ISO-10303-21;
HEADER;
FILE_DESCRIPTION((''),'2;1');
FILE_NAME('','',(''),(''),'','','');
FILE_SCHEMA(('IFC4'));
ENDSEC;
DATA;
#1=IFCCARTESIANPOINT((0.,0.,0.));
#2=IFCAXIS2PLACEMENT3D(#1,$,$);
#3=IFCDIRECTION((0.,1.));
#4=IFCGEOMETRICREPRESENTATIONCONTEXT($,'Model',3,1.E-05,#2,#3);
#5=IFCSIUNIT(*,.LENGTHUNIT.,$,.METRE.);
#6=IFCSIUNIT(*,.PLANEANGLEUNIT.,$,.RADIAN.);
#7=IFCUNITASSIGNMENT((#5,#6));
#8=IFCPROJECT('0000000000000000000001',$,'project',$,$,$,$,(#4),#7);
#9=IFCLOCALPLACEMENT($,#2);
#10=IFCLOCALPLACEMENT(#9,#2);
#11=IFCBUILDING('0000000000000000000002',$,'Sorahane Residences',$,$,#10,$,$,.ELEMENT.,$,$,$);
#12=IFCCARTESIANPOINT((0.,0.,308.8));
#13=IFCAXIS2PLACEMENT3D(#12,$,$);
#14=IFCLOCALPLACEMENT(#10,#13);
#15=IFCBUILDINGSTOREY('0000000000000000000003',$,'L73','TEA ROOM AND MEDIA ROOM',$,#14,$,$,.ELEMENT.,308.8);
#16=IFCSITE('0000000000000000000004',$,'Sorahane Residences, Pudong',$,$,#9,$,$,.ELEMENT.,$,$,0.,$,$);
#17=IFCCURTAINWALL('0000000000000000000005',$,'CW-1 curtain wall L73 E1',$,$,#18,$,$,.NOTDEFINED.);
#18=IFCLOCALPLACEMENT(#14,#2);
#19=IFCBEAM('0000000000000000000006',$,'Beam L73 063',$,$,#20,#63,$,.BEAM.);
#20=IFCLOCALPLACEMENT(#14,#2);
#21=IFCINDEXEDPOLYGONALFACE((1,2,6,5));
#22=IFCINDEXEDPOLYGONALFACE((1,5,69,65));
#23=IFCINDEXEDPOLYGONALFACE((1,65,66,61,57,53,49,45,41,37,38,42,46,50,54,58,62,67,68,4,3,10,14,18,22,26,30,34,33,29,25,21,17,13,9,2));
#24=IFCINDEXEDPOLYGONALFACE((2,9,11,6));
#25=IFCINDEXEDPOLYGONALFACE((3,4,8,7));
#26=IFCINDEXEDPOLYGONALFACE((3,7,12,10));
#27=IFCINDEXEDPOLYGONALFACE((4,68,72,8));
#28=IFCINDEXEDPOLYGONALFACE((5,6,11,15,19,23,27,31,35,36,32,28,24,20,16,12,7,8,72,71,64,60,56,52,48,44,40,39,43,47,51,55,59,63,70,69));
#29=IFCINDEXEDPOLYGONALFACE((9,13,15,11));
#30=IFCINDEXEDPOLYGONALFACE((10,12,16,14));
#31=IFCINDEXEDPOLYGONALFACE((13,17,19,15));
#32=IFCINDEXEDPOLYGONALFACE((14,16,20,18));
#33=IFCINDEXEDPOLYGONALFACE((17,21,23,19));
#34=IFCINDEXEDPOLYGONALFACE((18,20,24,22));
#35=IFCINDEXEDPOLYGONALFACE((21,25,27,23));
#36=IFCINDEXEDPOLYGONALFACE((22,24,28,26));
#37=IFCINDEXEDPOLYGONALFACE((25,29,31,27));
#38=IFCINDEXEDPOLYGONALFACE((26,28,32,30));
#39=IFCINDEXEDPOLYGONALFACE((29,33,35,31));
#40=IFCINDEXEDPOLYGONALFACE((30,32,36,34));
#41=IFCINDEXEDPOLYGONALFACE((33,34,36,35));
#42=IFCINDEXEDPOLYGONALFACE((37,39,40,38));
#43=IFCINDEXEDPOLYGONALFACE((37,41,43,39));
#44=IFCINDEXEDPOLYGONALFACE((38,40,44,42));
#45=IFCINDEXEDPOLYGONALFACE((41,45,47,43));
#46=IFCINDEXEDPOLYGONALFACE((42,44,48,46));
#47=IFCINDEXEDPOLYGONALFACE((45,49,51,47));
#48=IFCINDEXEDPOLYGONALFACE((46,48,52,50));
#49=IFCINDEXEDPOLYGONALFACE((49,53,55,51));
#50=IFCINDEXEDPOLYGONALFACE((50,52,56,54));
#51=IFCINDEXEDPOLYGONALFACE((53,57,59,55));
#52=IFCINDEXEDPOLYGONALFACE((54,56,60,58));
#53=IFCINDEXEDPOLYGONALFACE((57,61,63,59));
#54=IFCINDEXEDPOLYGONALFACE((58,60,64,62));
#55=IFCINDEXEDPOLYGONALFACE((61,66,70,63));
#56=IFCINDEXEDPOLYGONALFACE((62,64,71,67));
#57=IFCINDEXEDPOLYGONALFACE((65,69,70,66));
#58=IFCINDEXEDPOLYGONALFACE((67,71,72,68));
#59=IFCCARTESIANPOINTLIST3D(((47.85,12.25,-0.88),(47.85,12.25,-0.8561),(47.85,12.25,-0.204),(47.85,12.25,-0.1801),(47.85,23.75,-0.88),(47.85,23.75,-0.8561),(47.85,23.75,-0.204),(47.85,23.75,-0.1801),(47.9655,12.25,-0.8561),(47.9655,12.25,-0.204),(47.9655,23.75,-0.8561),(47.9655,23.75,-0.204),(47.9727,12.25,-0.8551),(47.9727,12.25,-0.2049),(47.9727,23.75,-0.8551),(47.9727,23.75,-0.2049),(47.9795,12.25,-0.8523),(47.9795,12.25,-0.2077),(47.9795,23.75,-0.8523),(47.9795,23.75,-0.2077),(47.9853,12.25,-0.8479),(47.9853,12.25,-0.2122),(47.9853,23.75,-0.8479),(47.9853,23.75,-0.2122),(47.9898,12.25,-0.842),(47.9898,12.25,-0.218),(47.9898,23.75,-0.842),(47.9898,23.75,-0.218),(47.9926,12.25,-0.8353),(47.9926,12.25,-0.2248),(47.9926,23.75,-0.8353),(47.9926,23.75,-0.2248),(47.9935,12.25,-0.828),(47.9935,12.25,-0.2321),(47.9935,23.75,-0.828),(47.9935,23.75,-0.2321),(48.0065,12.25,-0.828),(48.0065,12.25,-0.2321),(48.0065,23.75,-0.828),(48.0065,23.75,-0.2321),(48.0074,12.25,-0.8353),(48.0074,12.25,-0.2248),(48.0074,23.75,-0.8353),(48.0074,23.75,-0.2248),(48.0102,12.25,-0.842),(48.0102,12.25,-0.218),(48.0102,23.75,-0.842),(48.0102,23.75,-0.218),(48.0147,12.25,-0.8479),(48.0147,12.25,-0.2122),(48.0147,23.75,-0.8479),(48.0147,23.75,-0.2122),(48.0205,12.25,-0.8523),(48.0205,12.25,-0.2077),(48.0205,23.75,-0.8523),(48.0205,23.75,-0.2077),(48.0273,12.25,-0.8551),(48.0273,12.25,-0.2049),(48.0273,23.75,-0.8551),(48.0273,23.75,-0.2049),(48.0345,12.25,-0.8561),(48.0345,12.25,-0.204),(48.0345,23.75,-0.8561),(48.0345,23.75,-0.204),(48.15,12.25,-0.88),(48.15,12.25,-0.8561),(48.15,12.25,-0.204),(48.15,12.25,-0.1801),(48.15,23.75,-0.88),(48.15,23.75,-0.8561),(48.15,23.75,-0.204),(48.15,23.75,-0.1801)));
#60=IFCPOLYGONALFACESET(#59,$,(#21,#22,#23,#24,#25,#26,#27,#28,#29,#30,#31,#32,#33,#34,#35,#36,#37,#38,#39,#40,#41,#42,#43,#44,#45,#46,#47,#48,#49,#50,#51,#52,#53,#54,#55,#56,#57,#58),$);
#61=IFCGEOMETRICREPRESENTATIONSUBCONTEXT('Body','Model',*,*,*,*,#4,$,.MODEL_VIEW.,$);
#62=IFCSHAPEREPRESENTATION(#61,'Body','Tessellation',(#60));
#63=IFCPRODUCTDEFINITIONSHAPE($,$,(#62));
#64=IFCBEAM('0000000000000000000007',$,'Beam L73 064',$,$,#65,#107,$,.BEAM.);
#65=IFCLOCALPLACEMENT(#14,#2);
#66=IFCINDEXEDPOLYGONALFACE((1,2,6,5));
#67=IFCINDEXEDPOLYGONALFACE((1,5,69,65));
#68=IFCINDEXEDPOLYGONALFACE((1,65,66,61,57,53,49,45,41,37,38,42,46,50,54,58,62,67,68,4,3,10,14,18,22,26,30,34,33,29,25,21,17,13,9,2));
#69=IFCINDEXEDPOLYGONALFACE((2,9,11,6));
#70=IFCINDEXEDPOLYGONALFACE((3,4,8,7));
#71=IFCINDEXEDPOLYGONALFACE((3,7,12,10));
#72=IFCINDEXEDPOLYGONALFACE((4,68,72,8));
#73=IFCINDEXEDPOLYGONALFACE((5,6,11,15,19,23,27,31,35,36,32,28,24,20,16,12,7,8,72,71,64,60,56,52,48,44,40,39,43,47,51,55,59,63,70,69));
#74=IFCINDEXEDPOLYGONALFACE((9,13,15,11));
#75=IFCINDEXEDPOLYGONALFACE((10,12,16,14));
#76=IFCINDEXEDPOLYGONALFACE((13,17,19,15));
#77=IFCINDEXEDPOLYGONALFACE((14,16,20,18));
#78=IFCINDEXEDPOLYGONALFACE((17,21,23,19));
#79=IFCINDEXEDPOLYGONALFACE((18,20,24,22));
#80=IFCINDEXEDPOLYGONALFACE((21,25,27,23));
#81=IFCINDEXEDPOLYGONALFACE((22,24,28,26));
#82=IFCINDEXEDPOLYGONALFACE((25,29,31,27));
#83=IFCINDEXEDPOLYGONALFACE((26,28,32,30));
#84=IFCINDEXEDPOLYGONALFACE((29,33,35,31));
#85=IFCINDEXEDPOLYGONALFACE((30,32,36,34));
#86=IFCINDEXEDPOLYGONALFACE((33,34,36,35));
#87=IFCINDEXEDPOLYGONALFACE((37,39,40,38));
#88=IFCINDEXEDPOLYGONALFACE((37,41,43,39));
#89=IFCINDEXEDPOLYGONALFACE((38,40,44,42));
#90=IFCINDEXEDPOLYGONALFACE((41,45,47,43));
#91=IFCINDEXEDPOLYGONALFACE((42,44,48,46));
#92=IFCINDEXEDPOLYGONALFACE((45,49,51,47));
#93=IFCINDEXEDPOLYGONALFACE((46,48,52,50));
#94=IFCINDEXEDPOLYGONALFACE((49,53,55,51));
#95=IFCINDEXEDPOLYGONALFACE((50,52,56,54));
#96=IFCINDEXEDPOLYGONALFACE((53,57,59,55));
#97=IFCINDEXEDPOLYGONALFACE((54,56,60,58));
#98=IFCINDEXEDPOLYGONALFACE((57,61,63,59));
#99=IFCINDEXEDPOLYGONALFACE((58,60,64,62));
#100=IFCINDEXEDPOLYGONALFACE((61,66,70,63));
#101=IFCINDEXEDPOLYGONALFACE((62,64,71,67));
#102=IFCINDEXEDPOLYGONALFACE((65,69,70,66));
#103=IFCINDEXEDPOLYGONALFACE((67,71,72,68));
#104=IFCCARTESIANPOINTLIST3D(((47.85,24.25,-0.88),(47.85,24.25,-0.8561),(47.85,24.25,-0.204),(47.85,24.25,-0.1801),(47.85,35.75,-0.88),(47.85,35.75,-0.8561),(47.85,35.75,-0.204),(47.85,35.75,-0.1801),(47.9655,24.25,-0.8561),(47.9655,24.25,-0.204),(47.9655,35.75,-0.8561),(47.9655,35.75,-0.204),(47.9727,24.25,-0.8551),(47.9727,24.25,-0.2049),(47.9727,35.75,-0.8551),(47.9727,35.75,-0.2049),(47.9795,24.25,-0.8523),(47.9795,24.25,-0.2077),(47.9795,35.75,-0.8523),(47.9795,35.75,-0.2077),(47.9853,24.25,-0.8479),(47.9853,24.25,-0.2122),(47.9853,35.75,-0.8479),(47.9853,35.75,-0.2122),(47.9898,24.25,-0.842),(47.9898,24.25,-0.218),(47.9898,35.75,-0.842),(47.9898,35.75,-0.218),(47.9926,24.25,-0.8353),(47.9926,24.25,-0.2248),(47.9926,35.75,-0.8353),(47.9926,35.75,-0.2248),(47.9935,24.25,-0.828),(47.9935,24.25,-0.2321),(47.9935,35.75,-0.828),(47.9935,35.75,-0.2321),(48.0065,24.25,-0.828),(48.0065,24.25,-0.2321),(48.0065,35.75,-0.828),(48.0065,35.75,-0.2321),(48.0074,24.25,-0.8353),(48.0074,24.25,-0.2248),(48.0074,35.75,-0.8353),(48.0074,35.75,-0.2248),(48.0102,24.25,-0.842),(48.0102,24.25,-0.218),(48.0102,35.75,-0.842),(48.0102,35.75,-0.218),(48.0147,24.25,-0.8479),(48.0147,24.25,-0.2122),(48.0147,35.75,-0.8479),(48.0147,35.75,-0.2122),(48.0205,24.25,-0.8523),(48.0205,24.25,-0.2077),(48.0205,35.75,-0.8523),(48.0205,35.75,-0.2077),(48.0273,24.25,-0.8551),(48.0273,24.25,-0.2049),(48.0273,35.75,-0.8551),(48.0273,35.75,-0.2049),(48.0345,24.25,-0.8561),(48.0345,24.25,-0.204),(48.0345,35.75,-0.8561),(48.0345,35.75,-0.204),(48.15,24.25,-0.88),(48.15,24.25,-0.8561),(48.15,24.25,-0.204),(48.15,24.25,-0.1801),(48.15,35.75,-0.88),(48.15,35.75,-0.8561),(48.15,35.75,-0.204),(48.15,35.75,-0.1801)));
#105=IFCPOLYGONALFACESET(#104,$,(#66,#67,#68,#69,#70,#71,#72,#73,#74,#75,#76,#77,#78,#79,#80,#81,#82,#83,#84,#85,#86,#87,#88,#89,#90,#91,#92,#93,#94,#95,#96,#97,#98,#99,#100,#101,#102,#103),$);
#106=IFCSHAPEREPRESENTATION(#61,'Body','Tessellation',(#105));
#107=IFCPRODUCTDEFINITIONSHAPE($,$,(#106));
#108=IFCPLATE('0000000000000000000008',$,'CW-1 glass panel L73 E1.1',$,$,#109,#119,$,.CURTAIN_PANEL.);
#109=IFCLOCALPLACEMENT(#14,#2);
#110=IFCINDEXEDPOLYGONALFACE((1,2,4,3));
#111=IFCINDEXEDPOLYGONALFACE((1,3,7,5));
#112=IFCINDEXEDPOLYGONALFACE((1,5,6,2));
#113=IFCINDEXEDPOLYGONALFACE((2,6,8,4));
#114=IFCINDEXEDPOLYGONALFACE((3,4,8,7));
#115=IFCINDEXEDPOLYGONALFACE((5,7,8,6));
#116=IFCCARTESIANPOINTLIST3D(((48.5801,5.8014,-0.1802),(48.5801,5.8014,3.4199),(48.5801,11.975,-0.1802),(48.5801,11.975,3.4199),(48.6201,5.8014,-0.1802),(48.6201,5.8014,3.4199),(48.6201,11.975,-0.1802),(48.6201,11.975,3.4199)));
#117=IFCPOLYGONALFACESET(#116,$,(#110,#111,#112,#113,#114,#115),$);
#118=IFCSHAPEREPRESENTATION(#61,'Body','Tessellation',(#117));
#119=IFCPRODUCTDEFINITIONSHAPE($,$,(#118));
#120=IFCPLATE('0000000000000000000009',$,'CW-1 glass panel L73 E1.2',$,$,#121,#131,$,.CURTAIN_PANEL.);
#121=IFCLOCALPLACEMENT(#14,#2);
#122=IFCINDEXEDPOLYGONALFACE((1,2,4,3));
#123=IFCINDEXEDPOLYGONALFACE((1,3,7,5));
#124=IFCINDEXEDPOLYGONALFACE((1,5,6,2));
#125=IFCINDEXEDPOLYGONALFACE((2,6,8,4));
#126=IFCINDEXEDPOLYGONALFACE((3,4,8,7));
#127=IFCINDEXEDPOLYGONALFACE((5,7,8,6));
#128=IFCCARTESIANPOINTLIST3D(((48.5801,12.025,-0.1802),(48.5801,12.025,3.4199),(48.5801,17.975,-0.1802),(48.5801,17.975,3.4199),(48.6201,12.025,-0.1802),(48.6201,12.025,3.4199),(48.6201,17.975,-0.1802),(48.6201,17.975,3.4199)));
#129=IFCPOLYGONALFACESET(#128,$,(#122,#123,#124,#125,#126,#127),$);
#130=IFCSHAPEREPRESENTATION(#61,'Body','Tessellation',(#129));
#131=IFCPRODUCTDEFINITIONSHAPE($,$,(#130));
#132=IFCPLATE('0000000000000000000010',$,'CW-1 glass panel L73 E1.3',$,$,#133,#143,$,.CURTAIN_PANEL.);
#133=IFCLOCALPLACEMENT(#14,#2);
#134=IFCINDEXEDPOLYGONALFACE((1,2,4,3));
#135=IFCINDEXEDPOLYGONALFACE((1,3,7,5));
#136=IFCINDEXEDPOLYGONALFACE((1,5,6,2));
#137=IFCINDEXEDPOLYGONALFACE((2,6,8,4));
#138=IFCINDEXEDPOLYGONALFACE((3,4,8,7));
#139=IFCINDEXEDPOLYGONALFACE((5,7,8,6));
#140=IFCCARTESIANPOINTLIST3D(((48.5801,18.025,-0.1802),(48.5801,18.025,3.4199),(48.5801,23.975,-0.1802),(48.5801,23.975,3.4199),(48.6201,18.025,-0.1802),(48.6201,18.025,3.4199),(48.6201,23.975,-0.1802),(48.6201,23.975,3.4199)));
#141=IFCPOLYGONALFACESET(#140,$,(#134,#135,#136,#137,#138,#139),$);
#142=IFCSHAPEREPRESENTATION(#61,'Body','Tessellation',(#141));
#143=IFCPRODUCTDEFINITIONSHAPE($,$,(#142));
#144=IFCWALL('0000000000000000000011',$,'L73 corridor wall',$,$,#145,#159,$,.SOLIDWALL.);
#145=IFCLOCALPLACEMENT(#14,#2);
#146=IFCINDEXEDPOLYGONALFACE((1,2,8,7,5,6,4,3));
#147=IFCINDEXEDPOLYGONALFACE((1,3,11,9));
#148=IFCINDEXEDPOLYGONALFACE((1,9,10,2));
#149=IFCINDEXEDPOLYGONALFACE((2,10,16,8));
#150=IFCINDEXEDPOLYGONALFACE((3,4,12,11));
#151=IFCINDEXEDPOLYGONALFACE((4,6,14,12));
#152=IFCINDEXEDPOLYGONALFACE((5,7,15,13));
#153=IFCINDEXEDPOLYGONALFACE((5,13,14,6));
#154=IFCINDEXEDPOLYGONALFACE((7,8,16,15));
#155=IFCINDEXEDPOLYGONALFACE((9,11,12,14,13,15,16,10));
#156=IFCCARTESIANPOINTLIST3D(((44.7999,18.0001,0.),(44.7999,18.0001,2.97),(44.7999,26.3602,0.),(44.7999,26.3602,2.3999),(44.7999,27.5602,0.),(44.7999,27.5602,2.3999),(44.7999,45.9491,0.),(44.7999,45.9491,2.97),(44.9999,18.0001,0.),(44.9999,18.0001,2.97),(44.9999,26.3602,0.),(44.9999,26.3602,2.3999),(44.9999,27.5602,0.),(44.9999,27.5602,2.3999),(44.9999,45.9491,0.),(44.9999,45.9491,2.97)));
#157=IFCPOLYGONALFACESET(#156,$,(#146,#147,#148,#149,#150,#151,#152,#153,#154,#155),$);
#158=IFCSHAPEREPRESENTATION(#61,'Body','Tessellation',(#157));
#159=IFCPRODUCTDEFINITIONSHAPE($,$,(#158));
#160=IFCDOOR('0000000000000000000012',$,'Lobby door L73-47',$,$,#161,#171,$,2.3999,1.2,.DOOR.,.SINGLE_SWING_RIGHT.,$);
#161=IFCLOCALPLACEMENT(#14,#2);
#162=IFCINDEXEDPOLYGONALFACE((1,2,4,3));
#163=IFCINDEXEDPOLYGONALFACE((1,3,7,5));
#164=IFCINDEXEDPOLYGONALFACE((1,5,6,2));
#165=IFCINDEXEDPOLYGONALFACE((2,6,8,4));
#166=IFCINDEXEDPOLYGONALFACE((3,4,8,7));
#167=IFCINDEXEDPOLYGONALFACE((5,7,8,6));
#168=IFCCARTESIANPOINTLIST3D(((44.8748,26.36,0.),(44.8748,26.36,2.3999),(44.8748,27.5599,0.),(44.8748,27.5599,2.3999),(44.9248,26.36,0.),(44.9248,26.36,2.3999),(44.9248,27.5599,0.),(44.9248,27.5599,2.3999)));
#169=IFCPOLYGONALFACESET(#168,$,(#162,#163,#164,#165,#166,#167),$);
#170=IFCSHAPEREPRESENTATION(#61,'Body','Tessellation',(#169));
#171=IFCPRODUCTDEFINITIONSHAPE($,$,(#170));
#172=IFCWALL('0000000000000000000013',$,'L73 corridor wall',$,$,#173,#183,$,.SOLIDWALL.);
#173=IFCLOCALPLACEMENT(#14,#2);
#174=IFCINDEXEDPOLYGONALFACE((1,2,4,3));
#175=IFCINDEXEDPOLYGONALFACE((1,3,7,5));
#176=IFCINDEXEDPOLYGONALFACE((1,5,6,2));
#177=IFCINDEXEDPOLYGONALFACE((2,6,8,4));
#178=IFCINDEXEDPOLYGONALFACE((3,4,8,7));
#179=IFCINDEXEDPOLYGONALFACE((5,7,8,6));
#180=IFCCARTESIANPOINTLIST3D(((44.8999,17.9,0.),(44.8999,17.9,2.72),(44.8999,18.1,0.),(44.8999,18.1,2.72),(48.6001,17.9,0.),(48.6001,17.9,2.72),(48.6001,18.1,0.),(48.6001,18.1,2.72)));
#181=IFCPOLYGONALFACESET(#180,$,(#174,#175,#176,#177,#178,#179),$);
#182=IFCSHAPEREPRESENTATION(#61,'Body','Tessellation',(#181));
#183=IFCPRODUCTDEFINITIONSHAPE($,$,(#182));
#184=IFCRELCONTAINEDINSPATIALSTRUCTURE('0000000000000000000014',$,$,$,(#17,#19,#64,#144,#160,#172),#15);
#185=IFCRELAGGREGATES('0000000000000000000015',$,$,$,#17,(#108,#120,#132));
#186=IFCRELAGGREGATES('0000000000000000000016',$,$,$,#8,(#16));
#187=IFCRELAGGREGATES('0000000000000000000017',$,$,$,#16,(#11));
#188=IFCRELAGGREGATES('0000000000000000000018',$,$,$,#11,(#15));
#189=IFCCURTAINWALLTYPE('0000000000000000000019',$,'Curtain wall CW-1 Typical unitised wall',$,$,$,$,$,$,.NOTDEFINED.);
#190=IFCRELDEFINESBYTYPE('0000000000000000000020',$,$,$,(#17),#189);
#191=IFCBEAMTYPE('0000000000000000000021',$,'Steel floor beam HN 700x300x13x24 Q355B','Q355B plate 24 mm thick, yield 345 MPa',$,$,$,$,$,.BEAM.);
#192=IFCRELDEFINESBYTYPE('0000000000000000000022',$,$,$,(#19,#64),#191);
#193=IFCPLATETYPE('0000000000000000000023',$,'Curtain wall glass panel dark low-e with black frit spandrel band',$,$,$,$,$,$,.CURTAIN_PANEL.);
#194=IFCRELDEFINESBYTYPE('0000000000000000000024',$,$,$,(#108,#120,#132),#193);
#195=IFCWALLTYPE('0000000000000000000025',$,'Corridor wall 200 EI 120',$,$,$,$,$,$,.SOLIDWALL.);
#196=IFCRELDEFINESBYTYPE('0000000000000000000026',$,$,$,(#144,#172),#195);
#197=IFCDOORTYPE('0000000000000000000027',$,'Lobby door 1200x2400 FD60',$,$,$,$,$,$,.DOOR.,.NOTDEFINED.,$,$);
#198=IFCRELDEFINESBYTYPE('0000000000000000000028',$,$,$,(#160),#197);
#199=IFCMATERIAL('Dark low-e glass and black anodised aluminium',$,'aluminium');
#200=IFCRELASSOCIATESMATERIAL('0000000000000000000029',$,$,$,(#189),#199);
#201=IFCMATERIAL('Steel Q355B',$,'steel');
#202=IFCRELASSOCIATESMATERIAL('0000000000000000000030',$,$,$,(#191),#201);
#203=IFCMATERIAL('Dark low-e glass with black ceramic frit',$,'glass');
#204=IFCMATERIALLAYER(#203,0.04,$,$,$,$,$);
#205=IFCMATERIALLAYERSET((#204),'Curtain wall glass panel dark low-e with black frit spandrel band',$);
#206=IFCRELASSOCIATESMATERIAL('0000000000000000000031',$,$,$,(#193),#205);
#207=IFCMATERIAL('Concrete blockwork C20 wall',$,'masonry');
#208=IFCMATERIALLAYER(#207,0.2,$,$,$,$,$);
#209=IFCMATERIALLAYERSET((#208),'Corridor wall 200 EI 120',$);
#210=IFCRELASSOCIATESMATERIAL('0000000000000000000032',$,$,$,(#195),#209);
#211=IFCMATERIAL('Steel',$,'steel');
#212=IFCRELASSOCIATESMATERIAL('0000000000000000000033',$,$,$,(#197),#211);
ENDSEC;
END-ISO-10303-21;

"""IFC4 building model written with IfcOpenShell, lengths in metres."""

from ifc_helpers import new_model, si_unit, direction, frame, frame_2d, origin, origin_2d, place, context, subcontext, project, spatial, rectangle, i_section, extrude, material, layer, layer_set, material_profile, profile_set, type_object, element, fill, aggregate, save


model = new_model("IFC4")

# Units and contexts
model_context = context("Model", 3, precision=1e-05, world=origin(), true_north=direction((0.0, 1.0)))
body_context = subcontext(model_context, "Body", "Model", "MODEL_VIEW")
ifc_project = project(units=[si_unit("LENGTHUNIT", "METRE"), si_unit("PLANEANGLEUNIT", "RADIAN")], contexts=[model_context])

# Site, building, storey
site_placement = place(None, origin())
site = spatial("IfcSite", under=ifc_project, at=site_placement, Name="Sorahane Residences, Pudong", CompositionType="ELEMENT", RefElevation=0.0)
building_placement = place(site_placement, origin())
building = spatial("IfcBuilding", under=site, at=building_placement, Name="Sorahane Residences", CompositionType="ELEMENT")
storey_placement = place(building_placement, frame((0.0, 0.0, 308.8)))
storey = spatial("IfcBuildingStorey", under=building, at=storey_placement, Name="L73", Description="TEA ROOM AND MEDIA ROOM", CompositionType="ELEMENT", Elevation=308.8)

# Curtain wall
ifc_material_1 = material(Name="Dark low-e glass and black anodised aluminium", Category="aluminium")
curtain_wall_type = type_object("IfcCurtainWallType", Name="Curtain wall CW-1 Typical unitised wall", PredefinedType="NOTDEFINED", material=ifc_material_1)
curtain_wall_placement = place(storey_placement, origin())
curtain_wall = element("IfcCurtainWall", 1, at=curtain_wall_placement, inside=storey, type_object=curtain_wall_type, Name="CW-1 curtain wall L73 E1", PredefinedType="NOTDEFINED")

# Beams
ifc_material_2 = material(Name="Steel Q355B", Category="steel")
ifc_material_profile_1 = material_profile(ifc_material_2, i_section(OverallWidth=0.3, OverallDepth=0.7, WebThickness=0.0129, FlangeThickness=0.0239, FilletRadius=0.0281, at=origin_2d()), Name="HN 700x300x13x24")
ifc_profile_set_1 = profile_set([ifc_material_profile_1], Name="Steel Q355B")
beam_type_1 = type_object("IfcBeamType", Name="Steel floor beam HN 700x300x13x24 Q355B", Description="Q355B plate 24 mm thick, yield 345 MPa", PredefinedType="BEAM", material=ifc_profile_set_1)
for number, where, z_axis, x_axis, name in (
    (2, (48.0, 12.25, -0.53), (0.0, 1.0, 0.0), (-1.0, 0.0, 0.0), "Beam L73 063"),
    (3, (48.0, 24.25, -0.53), (0.0, 1.0, 0.0), (-1.0, 0.0, 0.0), "Beam L73 064"),
):
    element("IfcBeam", number, at=place(storey_placement, frame(where, z_axis=z_axis, x_axis=x_axis)), inside=storey, type_object=beam_type_1, Name=name, PredefinedType="BEAM", context=body_context, shape_type="SweptSolid", body=[
        extrude(i_section(OverallWidth=0.3, OverallDepth=0.7, WebThickness=0.0129, FlangeThickness=0.0239, FilletRadius=0.0281, at=origin_2d()), origin(), (0.0, 0.0, 1.0), 11.5),
    ])

# Plates
ifc_material_3 = material(Name="Dark low-e glass with black ceramic frit", Category="glass")
ifc_layer_1 = layer(ifc_material_3, 0.04)
ifc_layer_set_1 = layer_set([ifc_layer_1], Name="Curtain wall glass panel dark low-e with black frit spandrel band")
plate_type = type_object("IfcPlateType", Name="Curtain wall glass panel dark low-e with black frit spandrel band", PredefinedType="CURTAIN_PANEL", material=ifc_layer_set_1)
plate_1_placement = place(storey_placement, frame((48.6001, 8.8882, -0.1802), z_axis=(0.0, 0.0, 1.0), x_axis=(0.0, 1.0, 0.0)))
plate_1 = element("IfcPlate", 4, at=plate_1_placement, type_object=plate_type, Name="CW-1 glass panel L73 E1.1", PredefinedType="CURTAIN_PANEL", context=body_context, shape_type="SweptSolid", body=[
    extrude(rectangle(XDim=6.1736, YDim=0.04, at=origin_2d()), origin(), (0.0, 0.0, 1.0), 3.6001),
])
plate_2_placement = place(storey_placement, frame((48.6001, 15.0, -0.1802), z_axis=(0.0, 0.0, 1.0), x_axis=(0.0, 1.0, 0.0)))
plate_2 = element("IfcPlate", 5, at=plate_2_placement, type_object=plate_type, Name="CW-1 glass panel L73 E1.2", PredefinedType="CURTAIN_PANEL", context=body_context, shape_type="SweptSolid", body=[
    extrude(rectangle(XDim=5.95, YDim=0.04, at=origin_2d()), origin(), (0.0, 0.0, 1.0), 3.6001),
])
plate_3_placement = place(storey_placement, frame((48.6001, 21.0, -0.1802), z_axis=(0.0, 0.0, 1.0), x_axis=(0.0, 1.0, 0.0)))
plate_3 = element("IfcPlate", 6, at=plate_3_placement, type_object=plate_type, Name="CW-1 glass panel L73 E1.3", PredefinedType="CURTAIN_PANEL", context=body_context, shape_type="SweptSolid", body=[
    extrude(rectangle(XDim=5.95, YDim=0.04, at=origin_2d()), origin(), (0.0, 0.0, 1.0), 3.6001),
])
aggregate(curtain_wall, [plate_1, plate_2, plate_3])

# Wall, opening, door
ifc_material_4 = material(Name="Concrete blockwork C20 wall", Category="masonry")
ifc_layer_2 = layer(ifc_material_4, 0.2)
ifc_layer_set_2 = layer_set([ifc_layer_2], Name="Corridor wall 200 EI 120")
wall_type = type_object("IfcWallType", Name="Corridor wall 200 EI 120", PredefinedType="SOLIDWALL", material=ifc_layer_set_2)
wall_1_placement = place(storey_placement, frame((44.8999, 18.0, 0.0), z_axis=(0.0, 0.0, 1.0), x_axis=(0.0, 1.0, 0.0)))
wall_1 = element("IfcWall", 7, at=wall_1_placement, inside=storey, type_object=wall_type, Name="L73 corridor wall", PredefinedType="SOLIDWALL", context=body_context, shape_type="SweptSolid", body=[
    extrude(rectangle(XDim=27.949, YDim=0.2, at=frame_2d((13.9746, 0.0))), origin(), (0.0, 0.0, 1.0), 2.97),
])
opening_placement = place(wall_1_placement, frame((8.3601, 0.0, 0.0)))
opening = element("IfcOpeningElement", 8, at=opening_placement, cuts=wall_1, PredefinedType="OPENING", context=body_context, shape_type="SweptSolid", body=[
    extrude(rectangle(XDim=1.2, YDim=2.3999, at=frame_2d((0.6001, 1.2))), frame((0.0, 0.1099, 0.0), z_axis=(0.0, -1.0, 0.0), x_axis=(1.0, 0.0, 0.0)), (0.0, 0.0, 1.0), 0.22),
])
ifc_material_5 = material(Name="Steel", Category="steel")
door_type = type_object("IfcDoorType", Name="Lobby door 1200x2400 FD60", OperationType="NOTDEFINED", PredefinedType="DOOR", material=ifc_material_5)
door_placement = place(opening_placement, frame((1.2, 0.0, 0.0), z_axis=(0.0, 0.0, 1.0), x_axis=(-1.0, 0.0, 0.0)))
door = element("IfcDoor", 9, at=door_placement, inside=storey, type_object=door_type, Name="Lobby door L73-47", OperationType="SINGLE_SWING_RIGHT", OverallHeight=2.3999, OverallWidth=1.2, PredefinedType="DOOR", context=body_context, shape_type="SweptSolid", body=[
    extrude(rectangle(XDim=1.2, YDim=2.3999, at=frame_2d((0.6001, 1.2))), frame((0.0, 0.0249, 0.0), z_axis=(0.0, -1.0, 0.0), x_axis=(1.0, 0.0, 0.0)), (0.0, 0.0, 1.0), 0.05),
])
fill(opening, door)

# Wall
wall_2_placement = place(storey_placement, frame((44.8999, 18.0, 0.0), z_axis=(0.0, 0.0, 1.0), x_axis=(1.0, 0.0, 0.0)))
element("IfcWall", 10, at=wall_2_placement, inside=storey, type_object=wall_type, Name="L73 corridor wall", PredefinedType="SOLIDWALL", context=body_context, shape_type="SweptSolid", body=[
    extrude(rectangle(XDim=3.7002, YDim=0.2, at=frame_2d((1.8501, 0.0))), origin(), (0.0, 0.0, 1.0), 2.72),
])

save(model, "model.ifc")
